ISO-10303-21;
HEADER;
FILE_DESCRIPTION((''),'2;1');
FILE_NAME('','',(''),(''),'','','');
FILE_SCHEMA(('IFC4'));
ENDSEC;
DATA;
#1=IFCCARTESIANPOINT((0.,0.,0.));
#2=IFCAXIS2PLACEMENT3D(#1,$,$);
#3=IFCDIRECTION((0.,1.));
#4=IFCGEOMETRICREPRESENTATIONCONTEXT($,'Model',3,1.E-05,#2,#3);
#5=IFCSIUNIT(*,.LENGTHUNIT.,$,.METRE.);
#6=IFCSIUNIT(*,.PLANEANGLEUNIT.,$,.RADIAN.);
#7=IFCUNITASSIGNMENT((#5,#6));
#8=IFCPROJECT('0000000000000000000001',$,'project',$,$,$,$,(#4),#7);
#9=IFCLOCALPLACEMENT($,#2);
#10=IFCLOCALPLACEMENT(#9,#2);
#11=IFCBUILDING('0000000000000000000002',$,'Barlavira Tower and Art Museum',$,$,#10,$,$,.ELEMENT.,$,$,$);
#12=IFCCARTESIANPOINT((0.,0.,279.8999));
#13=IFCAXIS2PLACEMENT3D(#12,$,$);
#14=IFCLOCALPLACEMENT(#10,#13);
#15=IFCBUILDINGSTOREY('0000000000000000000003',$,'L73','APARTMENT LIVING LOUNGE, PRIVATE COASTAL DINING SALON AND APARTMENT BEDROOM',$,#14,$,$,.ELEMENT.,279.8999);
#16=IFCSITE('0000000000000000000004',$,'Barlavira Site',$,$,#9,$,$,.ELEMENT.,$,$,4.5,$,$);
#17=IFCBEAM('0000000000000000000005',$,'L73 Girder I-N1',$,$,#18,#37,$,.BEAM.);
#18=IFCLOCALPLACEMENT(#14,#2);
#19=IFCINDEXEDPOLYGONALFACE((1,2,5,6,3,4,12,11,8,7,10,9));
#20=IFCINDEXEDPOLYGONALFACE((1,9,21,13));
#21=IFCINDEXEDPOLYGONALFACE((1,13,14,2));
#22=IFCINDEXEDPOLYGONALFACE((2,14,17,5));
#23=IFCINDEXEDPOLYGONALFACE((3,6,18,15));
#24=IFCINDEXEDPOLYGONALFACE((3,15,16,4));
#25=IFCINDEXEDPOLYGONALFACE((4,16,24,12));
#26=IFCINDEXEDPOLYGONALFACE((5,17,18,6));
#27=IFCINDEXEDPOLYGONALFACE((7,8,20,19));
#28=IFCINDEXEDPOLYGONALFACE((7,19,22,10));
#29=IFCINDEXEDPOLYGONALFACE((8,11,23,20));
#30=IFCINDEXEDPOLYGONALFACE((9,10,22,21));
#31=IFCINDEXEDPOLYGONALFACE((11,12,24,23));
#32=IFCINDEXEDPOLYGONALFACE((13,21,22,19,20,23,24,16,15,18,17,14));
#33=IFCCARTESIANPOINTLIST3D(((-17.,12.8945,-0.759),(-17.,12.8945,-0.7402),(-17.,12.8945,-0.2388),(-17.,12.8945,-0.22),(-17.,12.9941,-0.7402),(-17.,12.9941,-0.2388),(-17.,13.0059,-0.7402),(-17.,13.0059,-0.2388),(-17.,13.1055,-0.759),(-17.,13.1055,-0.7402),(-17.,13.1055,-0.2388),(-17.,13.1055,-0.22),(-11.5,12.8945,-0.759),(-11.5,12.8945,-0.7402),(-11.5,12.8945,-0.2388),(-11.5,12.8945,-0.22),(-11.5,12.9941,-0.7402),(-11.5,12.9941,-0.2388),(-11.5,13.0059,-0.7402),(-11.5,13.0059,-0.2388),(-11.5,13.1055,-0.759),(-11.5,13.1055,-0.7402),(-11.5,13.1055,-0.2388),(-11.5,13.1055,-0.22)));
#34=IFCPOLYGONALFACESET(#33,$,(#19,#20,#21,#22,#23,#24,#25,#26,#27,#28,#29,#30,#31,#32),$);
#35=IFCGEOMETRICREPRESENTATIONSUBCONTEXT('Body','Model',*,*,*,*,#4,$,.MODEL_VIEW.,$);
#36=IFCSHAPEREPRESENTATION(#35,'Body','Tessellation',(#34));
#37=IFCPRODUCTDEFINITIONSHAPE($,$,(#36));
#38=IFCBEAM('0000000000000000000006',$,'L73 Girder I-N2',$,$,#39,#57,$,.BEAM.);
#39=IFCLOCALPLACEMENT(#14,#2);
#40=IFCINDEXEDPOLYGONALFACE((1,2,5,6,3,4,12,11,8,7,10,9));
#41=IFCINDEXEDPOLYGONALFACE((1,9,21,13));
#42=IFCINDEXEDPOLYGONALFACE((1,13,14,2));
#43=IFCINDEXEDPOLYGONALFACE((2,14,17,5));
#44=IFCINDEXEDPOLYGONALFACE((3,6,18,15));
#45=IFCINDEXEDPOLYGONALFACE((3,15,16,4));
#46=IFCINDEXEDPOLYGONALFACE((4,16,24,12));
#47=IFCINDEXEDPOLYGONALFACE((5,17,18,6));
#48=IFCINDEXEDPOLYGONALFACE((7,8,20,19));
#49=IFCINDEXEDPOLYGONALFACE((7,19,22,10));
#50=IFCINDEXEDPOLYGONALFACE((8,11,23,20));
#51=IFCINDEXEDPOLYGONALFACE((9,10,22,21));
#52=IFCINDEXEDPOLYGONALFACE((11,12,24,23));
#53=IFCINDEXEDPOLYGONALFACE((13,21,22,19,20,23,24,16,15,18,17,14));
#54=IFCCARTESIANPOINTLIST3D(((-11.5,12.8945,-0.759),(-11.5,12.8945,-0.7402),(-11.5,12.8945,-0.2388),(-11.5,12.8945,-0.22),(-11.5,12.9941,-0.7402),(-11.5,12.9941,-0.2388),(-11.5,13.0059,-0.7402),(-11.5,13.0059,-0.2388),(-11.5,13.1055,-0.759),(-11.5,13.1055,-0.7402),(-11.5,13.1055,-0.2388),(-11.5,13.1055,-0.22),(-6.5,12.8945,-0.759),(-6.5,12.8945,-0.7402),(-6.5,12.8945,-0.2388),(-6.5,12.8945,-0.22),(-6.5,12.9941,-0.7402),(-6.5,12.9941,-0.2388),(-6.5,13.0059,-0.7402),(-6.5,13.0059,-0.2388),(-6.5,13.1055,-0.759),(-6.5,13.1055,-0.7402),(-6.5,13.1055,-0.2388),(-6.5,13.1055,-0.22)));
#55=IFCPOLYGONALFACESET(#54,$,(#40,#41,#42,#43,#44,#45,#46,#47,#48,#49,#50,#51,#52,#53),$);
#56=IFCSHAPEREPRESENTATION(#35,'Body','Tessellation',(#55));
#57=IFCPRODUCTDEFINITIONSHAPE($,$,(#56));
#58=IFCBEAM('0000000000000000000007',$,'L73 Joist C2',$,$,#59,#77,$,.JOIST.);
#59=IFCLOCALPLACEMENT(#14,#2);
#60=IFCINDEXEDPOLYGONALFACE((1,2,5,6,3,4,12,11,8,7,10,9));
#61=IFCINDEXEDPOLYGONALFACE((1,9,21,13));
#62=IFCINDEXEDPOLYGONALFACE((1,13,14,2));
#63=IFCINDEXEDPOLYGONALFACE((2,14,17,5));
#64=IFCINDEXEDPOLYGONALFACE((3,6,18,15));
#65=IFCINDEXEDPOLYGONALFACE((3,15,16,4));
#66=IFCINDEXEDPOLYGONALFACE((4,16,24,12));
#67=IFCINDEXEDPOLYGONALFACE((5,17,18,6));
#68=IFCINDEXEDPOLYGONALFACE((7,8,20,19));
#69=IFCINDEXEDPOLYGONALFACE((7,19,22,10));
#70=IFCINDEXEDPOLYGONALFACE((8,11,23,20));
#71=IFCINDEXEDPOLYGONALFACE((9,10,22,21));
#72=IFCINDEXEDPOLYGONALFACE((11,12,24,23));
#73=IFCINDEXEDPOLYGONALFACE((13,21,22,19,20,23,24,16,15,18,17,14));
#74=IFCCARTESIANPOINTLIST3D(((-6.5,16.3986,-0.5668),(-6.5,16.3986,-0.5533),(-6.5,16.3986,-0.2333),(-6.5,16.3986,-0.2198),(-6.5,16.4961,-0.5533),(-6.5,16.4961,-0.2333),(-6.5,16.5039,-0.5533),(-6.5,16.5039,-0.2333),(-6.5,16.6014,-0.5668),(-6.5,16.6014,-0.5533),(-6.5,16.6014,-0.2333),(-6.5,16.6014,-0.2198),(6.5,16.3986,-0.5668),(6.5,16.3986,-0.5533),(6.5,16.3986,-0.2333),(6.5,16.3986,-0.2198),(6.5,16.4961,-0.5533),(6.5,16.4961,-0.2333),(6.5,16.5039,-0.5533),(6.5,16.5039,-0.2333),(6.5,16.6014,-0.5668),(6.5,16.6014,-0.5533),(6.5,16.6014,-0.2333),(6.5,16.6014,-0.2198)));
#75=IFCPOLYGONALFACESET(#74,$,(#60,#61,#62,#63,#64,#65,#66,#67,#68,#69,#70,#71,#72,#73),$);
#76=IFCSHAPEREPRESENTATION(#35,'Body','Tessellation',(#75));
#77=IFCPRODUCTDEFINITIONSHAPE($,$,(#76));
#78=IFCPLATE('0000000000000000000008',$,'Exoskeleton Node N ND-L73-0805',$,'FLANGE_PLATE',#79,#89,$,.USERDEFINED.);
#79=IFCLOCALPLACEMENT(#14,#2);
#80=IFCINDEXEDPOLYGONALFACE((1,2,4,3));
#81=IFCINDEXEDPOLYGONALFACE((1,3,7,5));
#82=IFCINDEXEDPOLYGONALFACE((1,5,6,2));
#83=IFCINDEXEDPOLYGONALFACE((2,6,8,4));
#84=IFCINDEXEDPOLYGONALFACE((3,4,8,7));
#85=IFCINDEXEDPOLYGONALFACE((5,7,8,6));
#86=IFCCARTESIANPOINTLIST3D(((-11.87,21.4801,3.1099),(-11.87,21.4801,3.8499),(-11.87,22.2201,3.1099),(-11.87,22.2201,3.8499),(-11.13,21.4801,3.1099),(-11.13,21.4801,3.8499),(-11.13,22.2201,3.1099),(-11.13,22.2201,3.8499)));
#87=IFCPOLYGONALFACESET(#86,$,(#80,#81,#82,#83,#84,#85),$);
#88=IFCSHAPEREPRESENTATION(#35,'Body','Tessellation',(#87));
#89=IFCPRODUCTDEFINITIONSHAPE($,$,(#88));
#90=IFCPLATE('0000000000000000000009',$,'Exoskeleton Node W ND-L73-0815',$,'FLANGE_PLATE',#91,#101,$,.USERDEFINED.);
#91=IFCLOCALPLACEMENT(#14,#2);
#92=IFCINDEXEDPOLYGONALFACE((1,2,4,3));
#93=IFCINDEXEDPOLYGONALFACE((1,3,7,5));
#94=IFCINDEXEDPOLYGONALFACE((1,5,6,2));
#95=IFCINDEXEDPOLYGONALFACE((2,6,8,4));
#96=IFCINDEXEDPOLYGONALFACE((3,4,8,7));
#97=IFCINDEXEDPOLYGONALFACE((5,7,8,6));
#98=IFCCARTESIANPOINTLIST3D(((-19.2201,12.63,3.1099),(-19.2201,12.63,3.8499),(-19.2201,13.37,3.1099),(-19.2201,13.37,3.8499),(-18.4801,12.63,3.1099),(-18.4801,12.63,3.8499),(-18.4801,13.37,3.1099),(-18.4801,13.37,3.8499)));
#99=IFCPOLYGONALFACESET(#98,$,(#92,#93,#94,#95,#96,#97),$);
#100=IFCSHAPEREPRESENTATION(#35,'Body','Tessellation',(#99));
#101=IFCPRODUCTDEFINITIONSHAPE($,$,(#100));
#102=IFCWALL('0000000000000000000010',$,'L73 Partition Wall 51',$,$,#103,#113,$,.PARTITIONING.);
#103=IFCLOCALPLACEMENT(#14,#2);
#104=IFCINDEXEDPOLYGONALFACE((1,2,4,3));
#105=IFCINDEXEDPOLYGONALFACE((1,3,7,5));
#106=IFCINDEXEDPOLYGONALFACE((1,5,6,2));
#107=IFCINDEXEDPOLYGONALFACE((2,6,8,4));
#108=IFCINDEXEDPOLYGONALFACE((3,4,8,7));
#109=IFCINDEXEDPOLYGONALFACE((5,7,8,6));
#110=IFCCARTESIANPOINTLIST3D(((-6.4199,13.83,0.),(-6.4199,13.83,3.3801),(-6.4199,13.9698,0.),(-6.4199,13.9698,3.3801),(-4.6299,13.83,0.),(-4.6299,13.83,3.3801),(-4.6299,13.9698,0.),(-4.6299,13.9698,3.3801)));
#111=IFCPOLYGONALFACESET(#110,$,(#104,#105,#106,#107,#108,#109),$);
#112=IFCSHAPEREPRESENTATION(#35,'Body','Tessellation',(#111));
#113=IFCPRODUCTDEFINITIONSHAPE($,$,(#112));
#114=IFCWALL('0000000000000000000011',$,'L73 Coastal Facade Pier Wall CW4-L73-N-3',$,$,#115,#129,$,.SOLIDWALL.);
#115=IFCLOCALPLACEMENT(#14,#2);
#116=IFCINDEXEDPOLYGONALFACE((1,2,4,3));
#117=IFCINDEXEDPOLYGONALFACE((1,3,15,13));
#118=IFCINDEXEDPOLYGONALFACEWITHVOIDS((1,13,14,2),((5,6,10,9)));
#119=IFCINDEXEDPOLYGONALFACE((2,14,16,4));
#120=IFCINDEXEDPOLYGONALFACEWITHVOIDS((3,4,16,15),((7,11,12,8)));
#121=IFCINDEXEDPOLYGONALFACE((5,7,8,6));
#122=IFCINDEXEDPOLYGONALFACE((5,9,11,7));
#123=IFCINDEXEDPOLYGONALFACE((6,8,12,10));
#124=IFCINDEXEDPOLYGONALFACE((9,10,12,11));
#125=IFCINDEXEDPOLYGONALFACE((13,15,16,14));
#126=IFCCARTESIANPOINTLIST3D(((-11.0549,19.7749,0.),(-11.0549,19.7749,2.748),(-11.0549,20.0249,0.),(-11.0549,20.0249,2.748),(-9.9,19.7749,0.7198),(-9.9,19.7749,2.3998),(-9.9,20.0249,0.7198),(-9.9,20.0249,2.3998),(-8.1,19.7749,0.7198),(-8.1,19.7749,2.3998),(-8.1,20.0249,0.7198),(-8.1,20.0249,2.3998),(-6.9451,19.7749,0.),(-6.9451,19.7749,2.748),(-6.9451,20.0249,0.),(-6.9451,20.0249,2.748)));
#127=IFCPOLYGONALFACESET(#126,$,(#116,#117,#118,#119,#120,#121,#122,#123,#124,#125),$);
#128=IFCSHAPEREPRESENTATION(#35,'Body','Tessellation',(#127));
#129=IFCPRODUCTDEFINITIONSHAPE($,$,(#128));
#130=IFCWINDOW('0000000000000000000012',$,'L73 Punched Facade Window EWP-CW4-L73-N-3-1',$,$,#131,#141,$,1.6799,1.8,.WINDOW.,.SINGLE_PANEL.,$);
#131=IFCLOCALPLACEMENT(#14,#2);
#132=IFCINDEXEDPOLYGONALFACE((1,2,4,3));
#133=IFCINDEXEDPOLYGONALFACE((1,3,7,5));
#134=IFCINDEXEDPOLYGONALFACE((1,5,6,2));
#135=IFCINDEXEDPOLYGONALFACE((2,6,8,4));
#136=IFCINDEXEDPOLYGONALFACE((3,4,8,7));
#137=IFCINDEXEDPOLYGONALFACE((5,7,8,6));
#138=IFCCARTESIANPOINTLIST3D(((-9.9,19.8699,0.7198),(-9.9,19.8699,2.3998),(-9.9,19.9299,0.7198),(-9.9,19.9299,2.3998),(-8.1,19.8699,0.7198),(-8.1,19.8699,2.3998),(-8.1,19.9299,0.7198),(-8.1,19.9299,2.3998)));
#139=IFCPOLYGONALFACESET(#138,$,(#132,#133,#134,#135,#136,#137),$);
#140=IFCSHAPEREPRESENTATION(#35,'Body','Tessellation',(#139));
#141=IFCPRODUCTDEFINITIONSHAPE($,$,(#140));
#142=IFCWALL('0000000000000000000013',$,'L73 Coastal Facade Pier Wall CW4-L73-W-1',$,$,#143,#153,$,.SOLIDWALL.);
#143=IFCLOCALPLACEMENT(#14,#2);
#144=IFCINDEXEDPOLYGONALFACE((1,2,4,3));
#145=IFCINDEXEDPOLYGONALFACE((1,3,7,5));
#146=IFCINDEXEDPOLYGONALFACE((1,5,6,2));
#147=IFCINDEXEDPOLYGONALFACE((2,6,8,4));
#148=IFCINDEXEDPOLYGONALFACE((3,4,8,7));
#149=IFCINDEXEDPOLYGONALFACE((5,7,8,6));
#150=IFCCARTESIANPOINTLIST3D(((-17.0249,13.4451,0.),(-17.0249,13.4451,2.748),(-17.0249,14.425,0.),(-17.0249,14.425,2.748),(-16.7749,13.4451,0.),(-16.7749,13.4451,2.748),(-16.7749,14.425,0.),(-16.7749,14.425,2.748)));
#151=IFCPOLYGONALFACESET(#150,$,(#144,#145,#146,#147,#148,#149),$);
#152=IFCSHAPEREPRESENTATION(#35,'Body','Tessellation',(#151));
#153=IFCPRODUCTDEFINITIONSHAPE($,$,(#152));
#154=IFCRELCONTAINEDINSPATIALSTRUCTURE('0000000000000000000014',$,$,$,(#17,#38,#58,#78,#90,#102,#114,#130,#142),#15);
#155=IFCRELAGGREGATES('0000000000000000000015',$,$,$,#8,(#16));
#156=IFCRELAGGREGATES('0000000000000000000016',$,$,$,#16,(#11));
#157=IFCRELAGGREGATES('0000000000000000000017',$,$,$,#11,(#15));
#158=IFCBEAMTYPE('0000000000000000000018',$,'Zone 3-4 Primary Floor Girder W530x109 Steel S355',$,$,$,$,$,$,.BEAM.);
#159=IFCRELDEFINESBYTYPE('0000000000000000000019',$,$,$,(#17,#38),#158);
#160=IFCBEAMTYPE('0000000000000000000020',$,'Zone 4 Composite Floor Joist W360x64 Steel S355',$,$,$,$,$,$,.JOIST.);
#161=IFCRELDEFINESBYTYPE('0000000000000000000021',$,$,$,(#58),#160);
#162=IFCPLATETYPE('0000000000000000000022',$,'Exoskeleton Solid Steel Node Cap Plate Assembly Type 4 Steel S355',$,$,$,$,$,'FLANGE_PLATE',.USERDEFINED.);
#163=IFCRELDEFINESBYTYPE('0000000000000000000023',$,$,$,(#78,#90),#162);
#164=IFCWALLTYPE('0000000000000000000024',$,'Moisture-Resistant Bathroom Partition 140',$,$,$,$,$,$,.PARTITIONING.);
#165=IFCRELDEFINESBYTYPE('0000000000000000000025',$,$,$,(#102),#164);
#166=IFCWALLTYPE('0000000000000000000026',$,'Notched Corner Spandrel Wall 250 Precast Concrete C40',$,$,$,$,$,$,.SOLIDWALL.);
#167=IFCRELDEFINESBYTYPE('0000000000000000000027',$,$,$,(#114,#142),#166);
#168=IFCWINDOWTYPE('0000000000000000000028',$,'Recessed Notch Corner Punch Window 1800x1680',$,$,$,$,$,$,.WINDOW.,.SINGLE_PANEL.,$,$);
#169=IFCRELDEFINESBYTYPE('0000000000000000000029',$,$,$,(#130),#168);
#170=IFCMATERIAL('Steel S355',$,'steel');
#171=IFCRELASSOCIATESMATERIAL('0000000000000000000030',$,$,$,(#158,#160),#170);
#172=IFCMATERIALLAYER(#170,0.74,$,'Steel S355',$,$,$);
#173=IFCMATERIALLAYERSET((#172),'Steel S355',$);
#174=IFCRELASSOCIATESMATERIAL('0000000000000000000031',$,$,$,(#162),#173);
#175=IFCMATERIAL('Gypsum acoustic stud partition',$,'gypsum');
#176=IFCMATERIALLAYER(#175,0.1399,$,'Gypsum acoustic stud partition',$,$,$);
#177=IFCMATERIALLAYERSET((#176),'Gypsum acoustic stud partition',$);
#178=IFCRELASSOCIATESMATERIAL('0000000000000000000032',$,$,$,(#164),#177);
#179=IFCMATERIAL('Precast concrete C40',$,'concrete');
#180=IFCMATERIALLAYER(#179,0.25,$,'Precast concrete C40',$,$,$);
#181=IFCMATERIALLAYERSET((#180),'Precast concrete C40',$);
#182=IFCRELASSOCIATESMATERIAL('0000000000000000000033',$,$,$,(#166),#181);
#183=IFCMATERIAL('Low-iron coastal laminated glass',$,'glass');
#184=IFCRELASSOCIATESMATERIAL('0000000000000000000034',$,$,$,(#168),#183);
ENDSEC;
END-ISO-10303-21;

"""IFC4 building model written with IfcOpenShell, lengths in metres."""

from ifc_helpers import new_model, si_unit, direction, frame, frame_2d, origin, origin_2d, place, context, subcontext, project, spatial, rectangle, i_section, extrude, material, layer, layer_set, material_profile, profile_set, type_object, element, fill, save


model = new_model("IFC4")

# Units and contexts
model_context = context("Model", 3, precision=1e-05, world=origin(), true_north=direction((0.0, 1.0)))
body_context = subcontext(model_context, "Body", "Model", "MODEL_VIEW")
ifc_project = project(units=[si_unit("LENGTHUNIT", "METRE"), si_unit("PLANEANGLEUNIT", "RADIAN")], contexts=[model_context])

# Site, building, storey
site_placement = place(None, origin())
site = spatial("IfcSite", under=ifc_project, at=site_placement, Name="Barlavira Site", CompositionType="ELEMENT", RefElevation=4.5)
building_placement = place(site_placement, origin())
building = spatial("IfcBuilding", under=site, at=building_placement, Name="Barlavira Tower and Art Museum", CompositionType="ELEMENT")
storey_placement = place(building_placement, frame((0.0, 0.0, 279.8999)))
storey = spatial("IfcBuildingStorey", under=building, at=storey_placement, Name="L73", Description="APARTMENT LIVING LOUNGE, PRIVATE COASTAL DINING SALON AND APARTMENT BEDROOM", CompositionType="ELEMENT", Elevation=279.8999)

# Shared definitions
ifc_material_1 = material(Name="Low-iron coastal laminated glass", Category="glass")

# Shared definitions
ifc_material_2 = material(Name="Steel S355", Category="steel")

# Beams
ifc_material_profile_1 = material_profile(ifc_material_2, i_section(OverallWidth=0.2109, OverallDepth=0.5391, WebThickness=0.0117, FlangeThickness=0.0188, at=origin_2d()), Name="W530x109.0")
ifc_profile_set_1 = profile_set([ifc_material_profile_1], Name="Steel S355")
beam_type_1 = type_object("IfcBeamType", Name="Zone 3-4 Primary Floor Girder W530x109 Steel S355", PredefinedType="BEAM", material=ifc_profile_set_1)
beam_1_placement = place(storey_placement, frame((-17.0, 13.0, -0.4895), z_axis=(1.0, 0.0, 0.0), x_axis=(0.0, 1.0, 0.0)))
element("IfcBeam", 1, at=beam_1_placement, inside=storey, type_object=beam_type_1, Name="L73 Girder I-N1", PredefinedType="BEAM", context=body_context, shape_type="SweptSolid", body=[
    extrude(i_section(OverallWidth=0.2109, OverallDepth=0.5391, WebThickness=0.0117, FlangeThickness=0.0188, at=origin_2d()), origin(), (0.0, 0.0, 1.0), 5.5),
])
beam_2_placement = place(storey_placement, frame((-11.5, 13.0, -0.4895), z_axis=(1.0, 0.0, 0.0), x_axis=(0.0, 1.0, 0.0)))
element("IfcBeam", 2, at=beam_2_placement, inside=storey, type_object=beam_type_1, Name="L73 Girder I-N2", PredefinedType="BEAM", context=body_context, shape_type="SweptSolid", body=[
    extrude(i_section(OverallWidth=0.2109, OverallDepth=0.5391, WebThickness=0.0117, FlangeThickness=0.0188, at=origin_2d()), origin(), (0.0, 0.0, 1.0), 5.0),
])
ifc_material_profile_2 = material_profile(ifc_material_2, i_section(OverallWidth=0.2029, OverallDepth=0.3469, WebThickness=0.0078, FlangeThickness=0.0134, at=origin_2d()), Name="W360x64.0")
ifc_profile_set_2 = profile_set([ifc_material_profile_2], Name="Steel S355")
beam_type_2 = type_object("IfcBeamType", Name="Zone 4 Composite Floor Joist W360x64 Steel S355", PredefinedType="JOIST", material=ifc_profile_set_2)
beam_3_placement = place(storey_placement, frame((-6.5, 16.5, -0.3933), z_axis=(1.0, 0.0, 0.0), x_axis=(0.0, 1.0, 0.0)))
element("IfcBeam", 3, at=beam_3_placement, inside=storey, type_object=beam_type_2, Name="L73 Joist C2", PredefinedType="JOIST", context=body_context, shape_type="SweptSolid", body=[
    extrude(i_section(OverallWidth=0.2029, OverallDepth=0.3469, WebThickness=0.0078, FlangeThickness=0.0134, at=origin_2d()), origin(), (0.0, 0.0, 1.0), 13.0),
])

# Plates
ifc_layer_1 = layer(ifc_material_2, 0.74, Name="Steel S355")
ifc_layer_set_1 = layer_set([ifc_layer_1], Name="Steel S355")
plate_type = type_object("IfcPlateType", Name="Exoskeleton Solid Steel Node Cap Plate Assembly Type 4 Steel S355", ElementType="FLANGE_PLATE", PredefinedType="USERDEFINED", material=ifc_layer_set_1)
for number, where, z_axis, x_axis, name in (
    (4, (-11.5, 21.8501, 3.1099), (0.0, 0.0, 1.0), (1.0, 0.0, 0.0), "Exoskeleton Node N ND-L73-0805"),
    (5, (-18.8501, 13.0, 3.1099), (0.0, 0.0, 1.0), (1.0, 0.0, 0.0), "Exoskeleton Node W ND-L73-0815"),
):
    element("IfcPlate", number, at=place(storey_placement, frame(where, z_axis=z_axis, x_axis=x_axis)), inside=storey, type_object=plate_type, Name=name, ObjectType="FLANGE_PLATE", PredefinedType="USERDEFINED", context=body_context, shape_type="SweptSolid", body=[
        extrude(rectangle(XDim=0.74, YDim=0.74, at=origin_2d()), origin(), (0.0, 0.0, 1.0), 0.74),
    ])

# Wall
ifc_material_3 = material(Name="Gypsum acoustic stud partition", Category="gypsum")
ifc_layer_2 = layer(ifc_material_3, 0.1399, Name="Gypsum acoustic stud partition")
ifc_layer_set_2 = layer_set([ifc_layer_2], Name="Gypsum acoustic stud partition")
wall_type_1 = type_object("IfcWallType", Name="Moisture-Resistant Bathroom Partition 140", PredefinedType="PARTITIONING", material=ifc_layer_set_2)
wall_1_placement = place(storey_placement, frame((-6.4199, 13.8999, 0.0), z_axis=(0.0, 0.0, 1.0), x_axis=(1.0, 0.0, 0.0)))
element("IfcWall", 6, at=wall_1_placement, inside=storey, type_object=wall_type_1, Name="L73 Partition Wall 51", PredefinedType="PARTITIONING", context=body_context, shape_type="SweptSolid", body=[
    extrude(rectangle(XDim=1.79, YDim=0.1399, at=frame_2d((0.895, 0.0))), origin(), (0.0, 0.0, 1.0), 3.3801),
])

# Wall, opening, window
ifc_material_4 = material(Name="Precast concrete C40", Category="concrete")
ifc_layer_3 = layer(ifc_material_4, 0.25, Name="Precast concrete C40")
ifc_layer_set_3 = layer_set([ifc_layer_3], Name="Precast concrete C40")
wall_type_2 = type_object("IfcWallType", Name="Notched Corner Spandrel Wall 250 Precast Concrete C40", PredefinedType="SOLIDWALL", material=ifc_layer_set_3)
wall_2_placement = place(storey_placement, frame((-6.9451, 19.8999, 0.0), z_axis=(0.0, 0.0, 1.0), x_axis=(-1.0, 0.0, 0.0)))
wall_2 = element("IfcWall", 7, at=wall_2_placement, inside=storey, type_object=wall_type_2, Name="L73 Coastal Facade Pier Wall CW4-L73-N-3", PredefinedType="SOLIDWALL", context=body_context, shape_type="SweptSolid", body=[
    extrude(rectangle(XDim=4.1099, YDim=0.25, at=frame_2d((2.0549, 0.0))), origin(), (0.0, 0.0, 1.0), 2.748),
])
opening_1_placement = place(wall_2_placement, frame((1.155, 0.0, 0.72)))
opening_1 = element("IfcOpeningElement", 8, at=opening_1_placement, cuts=wall_2, PredefinedType="OPENING", context=body_context, shape_type="SweptSolid", body=[
    extrude(rectangle(XDim=1.8, YDim=1.6799, at=frame_2d((0.8999, 0.8398))), frame((0.0, 0.135, 0.0), z_axis=(0.0, -1.0, 0.0), x_axis=(1.0, 0.0, 0.0)), (0.0, 0.0, 1.0), 0.27),
])
window_type = type_object("IfcWindowType", Name="Recessed Notch Corner Punch Window 1800x1680", PartitioningType="SINGLE_PANEL", PredefinedType="WINDOW", material=ifc_material_1)
window_1_placement = place(opening_1_placement, origin())
window_1 = element("IfcWindow", 9, at=window_1_placement, inside=storey, type_object=window_type, Name="L73 Punched Facade Window EWP-CW4-L73-N-3-1", OverallHeight=1.6799, OverallWidth=1.8, PartitioningType="SINGLE_PANEL", PredefinedType="WINDOW", context=body_context, shape_type="SweptSolid", body=[
    extrude(rectangle(XDim=1.8, YDim=1.6799, at=frame_2d((0.8999, 0.8398))), frame((0.0, 0.03, 0.0), z_axis=(0.0, -1.0, 0.0), x_axis=(1.0, 0.0, 0.0)), (0.0, 0.0, 1.0), 0.0601),
])
fill(opening_1, window_1)

# Wall
wall_3_placement = place(storey_placement, frame((-16.8999, 14.425, 0.0), z_axis=(0.0, 0.0, 1.0), x_axis=(0.0, -1.0, 0.0)))
element("IfcWall", 10, at=wall_3_placement, inside=storey, type_object=wall_type_2, Name="L73 Coastal Facade Pier Wall CW4-L73-W-1", PredefinedType="SOLIDWALL", context=body_context, shape_type="SweptSolid", body=[
    extrude(rectangle(XDim=0.98, YDim=0.25, at=frame_2d((0.49, 0.0))), origin(), (0.0, 0.0, 1.0), 2.748),
])

save(model, "model.ifc")
